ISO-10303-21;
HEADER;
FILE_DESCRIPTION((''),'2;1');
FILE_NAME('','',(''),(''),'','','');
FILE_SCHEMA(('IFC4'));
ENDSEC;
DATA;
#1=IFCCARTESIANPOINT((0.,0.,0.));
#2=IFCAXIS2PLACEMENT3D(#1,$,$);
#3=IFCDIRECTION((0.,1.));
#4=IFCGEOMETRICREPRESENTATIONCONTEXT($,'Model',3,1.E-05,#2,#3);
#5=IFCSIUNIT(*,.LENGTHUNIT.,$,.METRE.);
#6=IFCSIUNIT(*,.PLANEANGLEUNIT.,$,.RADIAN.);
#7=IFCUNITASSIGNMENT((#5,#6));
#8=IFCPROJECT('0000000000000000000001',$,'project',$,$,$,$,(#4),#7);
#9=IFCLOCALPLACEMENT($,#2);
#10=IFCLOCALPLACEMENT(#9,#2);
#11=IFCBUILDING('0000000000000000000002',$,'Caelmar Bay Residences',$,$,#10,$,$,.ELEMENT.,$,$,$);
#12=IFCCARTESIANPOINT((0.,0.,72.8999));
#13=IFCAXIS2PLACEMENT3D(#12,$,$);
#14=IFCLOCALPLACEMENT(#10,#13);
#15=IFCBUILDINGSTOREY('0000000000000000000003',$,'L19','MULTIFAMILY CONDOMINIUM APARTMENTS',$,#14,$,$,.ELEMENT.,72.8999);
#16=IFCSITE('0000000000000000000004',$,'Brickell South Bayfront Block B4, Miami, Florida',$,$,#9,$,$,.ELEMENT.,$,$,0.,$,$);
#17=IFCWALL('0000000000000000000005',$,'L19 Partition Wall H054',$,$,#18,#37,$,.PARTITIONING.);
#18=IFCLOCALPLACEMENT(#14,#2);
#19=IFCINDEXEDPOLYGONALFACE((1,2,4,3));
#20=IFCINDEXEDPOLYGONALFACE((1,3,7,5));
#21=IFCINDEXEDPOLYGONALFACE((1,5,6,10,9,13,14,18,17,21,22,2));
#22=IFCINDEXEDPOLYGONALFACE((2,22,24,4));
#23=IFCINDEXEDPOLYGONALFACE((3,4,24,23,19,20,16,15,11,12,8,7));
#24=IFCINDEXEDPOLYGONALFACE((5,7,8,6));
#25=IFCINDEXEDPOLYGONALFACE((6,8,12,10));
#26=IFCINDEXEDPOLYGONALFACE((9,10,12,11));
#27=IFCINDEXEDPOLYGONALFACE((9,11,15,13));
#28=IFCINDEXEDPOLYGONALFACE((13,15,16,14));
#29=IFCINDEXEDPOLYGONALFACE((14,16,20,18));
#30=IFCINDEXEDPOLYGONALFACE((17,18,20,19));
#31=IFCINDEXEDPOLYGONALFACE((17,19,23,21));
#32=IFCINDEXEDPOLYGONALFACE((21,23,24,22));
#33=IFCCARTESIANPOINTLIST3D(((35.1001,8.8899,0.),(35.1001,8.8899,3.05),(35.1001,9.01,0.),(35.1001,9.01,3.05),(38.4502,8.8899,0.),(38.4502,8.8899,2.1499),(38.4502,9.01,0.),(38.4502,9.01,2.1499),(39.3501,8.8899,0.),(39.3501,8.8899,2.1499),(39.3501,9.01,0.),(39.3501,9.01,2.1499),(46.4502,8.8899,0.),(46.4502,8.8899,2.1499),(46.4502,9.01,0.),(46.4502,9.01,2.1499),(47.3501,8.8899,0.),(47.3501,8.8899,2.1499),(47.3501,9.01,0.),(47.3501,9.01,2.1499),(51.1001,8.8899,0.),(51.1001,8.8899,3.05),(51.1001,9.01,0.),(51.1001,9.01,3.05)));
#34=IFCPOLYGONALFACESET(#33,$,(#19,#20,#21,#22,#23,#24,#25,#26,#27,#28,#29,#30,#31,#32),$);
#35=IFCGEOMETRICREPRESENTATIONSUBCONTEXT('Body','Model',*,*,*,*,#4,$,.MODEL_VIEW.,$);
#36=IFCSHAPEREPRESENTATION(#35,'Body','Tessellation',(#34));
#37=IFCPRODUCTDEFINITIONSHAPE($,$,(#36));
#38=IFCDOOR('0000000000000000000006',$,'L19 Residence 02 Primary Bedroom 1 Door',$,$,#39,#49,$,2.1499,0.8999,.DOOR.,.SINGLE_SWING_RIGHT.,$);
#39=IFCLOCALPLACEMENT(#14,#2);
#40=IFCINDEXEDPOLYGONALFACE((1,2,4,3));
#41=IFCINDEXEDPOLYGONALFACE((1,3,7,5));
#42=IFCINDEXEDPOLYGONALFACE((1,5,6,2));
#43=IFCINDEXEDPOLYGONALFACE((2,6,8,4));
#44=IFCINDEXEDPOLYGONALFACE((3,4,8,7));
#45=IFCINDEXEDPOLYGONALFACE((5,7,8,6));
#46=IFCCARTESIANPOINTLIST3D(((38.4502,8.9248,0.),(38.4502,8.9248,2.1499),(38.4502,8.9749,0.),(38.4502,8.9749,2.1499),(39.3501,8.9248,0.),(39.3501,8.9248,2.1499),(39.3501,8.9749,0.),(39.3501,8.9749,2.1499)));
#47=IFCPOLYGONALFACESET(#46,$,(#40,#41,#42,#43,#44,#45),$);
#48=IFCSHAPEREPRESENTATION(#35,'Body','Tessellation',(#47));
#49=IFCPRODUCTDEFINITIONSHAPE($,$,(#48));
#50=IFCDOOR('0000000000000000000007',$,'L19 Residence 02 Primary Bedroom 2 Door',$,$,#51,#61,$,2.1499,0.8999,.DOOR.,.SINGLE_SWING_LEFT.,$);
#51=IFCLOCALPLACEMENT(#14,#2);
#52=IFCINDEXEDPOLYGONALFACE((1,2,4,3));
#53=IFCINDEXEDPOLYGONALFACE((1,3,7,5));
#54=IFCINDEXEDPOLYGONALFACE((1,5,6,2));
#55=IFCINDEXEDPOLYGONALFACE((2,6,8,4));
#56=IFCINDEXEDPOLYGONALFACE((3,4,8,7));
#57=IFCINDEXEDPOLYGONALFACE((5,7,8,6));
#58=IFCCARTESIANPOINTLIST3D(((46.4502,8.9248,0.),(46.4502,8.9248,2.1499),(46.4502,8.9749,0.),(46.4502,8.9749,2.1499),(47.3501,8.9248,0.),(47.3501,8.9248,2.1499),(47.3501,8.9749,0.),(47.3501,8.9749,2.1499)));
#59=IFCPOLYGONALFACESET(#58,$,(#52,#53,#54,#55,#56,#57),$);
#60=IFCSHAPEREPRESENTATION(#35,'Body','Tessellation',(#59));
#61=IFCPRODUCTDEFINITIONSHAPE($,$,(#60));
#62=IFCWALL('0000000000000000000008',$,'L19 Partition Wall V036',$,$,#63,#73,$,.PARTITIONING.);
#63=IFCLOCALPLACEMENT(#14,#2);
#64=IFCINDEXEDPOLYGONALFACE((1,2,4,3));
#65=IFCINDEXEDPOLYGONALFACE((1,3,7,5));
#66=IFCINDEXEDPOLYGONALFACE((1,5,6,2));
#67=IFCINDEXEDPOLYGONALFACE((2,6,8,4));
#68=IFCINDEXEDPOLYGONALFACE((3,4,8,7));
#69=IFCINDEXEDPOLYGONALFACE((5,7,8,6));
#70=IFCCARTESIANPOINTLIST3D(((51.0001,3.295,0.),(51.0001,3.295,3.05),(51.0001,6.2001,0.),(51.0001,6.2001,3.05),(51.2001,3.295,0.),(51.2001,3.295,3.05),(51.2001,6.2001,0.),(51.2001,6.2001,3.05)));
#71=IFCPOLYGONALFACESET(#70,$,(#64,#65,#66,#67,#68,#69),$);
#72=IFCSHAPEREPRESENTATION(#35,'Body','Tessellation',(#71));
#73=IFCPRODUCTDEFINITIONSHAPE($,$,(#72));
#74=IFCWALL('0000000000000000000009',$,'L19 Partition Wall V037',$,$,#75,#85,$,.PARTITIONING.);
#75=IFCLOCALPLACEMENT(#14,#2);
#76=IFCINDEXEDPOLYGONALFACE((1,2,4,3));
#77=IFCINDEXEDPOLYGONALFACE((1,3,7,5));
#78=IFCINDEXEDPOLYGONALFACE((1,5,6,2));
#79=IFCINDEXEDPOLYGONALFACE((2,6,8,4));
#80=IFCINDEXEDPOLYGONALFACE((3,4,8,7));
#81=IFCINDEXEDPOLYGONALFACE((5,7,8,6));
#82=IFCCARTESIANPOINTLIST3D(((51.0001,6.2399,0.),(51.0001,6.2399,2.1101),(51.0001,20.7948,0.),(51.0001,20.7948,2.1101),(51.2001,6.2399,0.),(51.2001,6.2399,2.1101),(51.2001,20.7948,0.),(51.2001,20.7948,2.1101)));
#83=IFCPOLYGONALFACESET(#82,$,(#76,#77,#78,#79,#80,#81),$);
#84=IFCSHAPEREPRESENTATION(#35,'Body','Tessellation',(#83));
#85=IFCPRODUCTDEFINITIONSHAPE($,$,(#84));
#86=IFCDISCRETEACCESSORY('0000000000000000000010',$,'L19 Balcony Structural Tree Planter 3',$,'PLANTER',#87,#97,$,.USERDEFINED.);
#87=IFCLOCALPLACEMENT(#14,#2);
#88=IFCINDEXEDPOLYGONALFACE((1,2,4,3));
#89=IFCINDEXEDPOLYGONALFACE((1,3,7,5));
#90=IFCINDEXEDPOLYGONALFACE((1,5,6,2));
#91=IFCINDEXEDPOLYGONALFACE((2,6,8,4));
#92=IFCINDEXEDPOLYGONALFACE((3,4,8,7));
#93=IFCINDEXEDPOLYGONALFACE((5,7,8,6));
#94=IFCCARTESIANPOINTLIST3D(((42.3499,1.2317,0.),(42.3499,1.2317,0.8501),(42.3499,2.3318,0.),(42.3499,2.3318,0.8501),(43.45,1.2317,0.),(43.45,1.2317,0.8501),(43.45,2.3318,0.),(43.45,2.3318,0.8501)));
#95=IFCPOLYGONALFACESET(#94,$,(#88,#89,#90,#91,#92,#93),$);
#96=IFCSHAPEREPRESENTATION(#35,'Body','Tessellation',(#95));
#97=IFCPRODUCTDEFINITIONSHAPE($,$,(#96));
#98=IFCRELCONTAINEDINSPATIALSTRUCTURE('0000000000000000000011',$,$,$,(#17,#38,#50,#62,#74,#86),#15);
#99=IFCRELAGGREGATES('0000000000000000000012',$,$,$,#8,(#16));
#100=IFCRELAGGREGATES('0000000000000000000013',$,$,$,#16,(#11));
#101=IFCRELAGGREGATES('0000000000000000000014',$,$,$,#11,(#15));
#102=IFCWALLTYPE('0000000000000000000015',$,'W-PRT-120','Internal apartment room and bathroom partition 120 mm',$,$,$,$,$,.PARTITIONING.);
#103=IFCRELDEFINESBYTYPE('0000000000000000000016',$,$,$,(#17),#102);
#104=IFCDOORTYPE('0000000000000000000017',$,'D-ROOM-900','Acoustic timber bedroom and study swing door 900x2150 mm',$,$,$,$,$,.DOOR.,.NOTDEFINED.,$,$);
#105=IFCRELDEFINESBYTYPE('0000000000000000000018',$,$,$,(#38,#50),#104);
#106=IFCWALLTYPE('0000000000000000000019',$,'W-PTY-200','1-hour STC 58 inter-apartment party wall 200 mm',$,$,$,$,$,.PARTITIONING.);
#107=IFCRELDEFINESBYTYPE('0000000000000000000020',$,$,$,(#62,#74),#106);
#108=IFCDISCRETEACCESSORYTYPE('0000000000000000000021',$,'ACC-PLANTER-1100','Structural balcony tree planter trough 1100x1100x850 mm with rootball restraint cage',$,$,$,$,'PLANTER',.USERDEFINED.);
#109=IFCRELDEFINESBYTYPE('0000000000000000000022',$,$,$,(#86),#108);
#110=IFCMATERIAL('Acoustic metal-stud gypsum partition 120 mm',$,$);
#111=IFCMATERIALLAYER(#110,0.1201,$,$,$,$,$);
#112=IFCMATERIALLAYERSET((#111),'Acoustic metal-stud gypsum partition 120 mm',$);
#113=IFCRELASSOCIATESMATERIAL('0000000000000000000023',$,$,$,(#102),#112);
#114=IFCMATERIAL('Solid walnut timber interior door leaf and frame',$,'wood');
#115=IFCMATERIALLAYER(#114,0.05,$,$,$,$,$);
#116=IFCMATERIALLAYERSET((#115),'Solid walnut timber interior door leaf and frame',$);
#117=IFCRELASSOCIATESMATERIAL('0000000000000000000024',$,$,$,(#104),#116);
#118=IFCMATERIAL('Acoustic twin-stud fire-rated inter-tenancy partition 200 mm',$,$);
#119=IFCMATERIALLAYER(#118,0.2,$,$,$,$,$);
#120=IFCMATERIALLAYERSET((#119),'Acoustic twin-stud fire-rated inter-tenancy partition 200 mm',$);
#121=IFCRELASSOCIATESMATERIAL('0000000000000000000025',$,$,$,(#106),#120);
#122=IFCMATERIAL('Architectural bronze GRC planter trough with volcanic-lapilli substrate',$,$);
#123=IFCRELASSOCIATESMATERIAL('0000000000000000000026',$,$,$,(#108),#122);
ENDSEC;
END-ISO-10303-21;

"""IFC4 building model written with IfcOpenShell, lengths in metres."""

from ifc_helpers import new_model, si_unit, direction, frame, frame_2d, origin, origin_2d, place, context, subcontext, project, spatial, rectangle, extrude, material, layer, layer_set, type_object, element, fill, save


model = new_model("IFC4")

# Units and contexts
model_context = context("Model", 3, precision=1e-05, world=origin(), true_north=direction((0.0, 1.0)))
body_context = subcontext(model_context, "Body", "Model", "MODEL_VIEW")
ifc_project = project(units=[si_unit("LENGTHUNIT", "METRE"), si_unit("PLANEANGLEUNIT", "RADIAN")], contexts=[model_context])

# Site, building, storey
site_placement = place(None, origin())
site = spatial("IfcSite", under=ifc_project, at=site_placement, Name="Brickell South Bayfront Block B4, Miami, Florida", CompositionType="ELEMENT", RefElevation=0.0)
building_placement = place(site_placement, origin())
building = spatial("IfcBuilding", under=site, at=building_placement, Name="Caelmar Bay Residences", CompositionType="ELEMENT")
storey_placement = place(building_placement, frame((0.0, 0.0, 72.8999)))
storey = spatial("IfcBuildingStorey", under=building, at=storey_placement, Name="L19", Description="MULTIFAMILY CONDOMINIUM APARTMENTS", CompositionType="ELEMENT", Elevation=72.8999)

# Shared definitions
ifc_material_1 = material(Name="Acoustic metal-stud gypsum partition 120 mm")
ifc_layer_1 = layer(ifc_material_1, 0.1201)
ifc_layer_set_1 = layer_set([ifc_layer_1], Name="Acoustic metal-stud gypsum partition 120 mm")
wall_type_1 = type_object("IfcWallType", Name="W-PRT-120", Description="Internal apartment room and bathroom partition 120 mm", PredefinedType="PARTITIONING", material=ifc_layer_set_1)

# Shared definitions
ifc_material_2 = material(Name="Solid walnut timber interior door leaf and frame", Category="wood")
ifc_layer_2 = layer(ifc_material_2, 0.05)
ifc_layer_set_2 = layer_set([ifc_layer_2], Name="Solid walnut timber interior door leaf and frame")
door_type = type_object("IfcDoorType", Name="D-ROOM-900", Description="Acoustic timber bedroom and study swing door 900x2150 mm", OperationType="NOTDEFINED", PredefinedType="DOOR", material=ifc_layer_set_2)

# Wall, openings, doors
wall_1_placement = place(storey_placement, frame((35.1001, 8.95, 0.0), z_axis=(0.0, 0.0, 1.0), x_axis=(1.0, 0.0, 0.0)))
wall_1 = element("IfcWall", 1, at=wall_1_placement, inside=storey, type_object=wall_type_1, Name="L19 Partition Wall H054", PredefinedType="PARTITIONING", context=body_context, shape_type="SweptSolid", body=[
    extrude(rectangle(XDim=16.0, YDim=0.1201, at=frame_2d((8.0, 0.0))), origin(), (0.0, 0.0, 1.0), 3.05),
])
opening_1_placement = place(wall_1_placement, frame((3.3501, 0.0, 0.0)))
opening_1 = element("IfcOpeningElement", 2, at=opening_1_placement, cuts=wall_1, PredefinedType="OPENING", context=body_context, shape_type="SweptSolid", body=[
    extrude(rectangle(XDim=0.8999, YDim=2.1499, at=frame_2d((0.45, 1.075))), frame((0.0, 0.0701, 0.0), z_axis=(0.0, -1.0, 0.0), x_axis=(1.0, 0.0, 0.0)), (0.0, 0.0, 1.0), 0.1401),
])
opening_2_placement = place(wall_1_placement, frame((11.3501, 0.0, 0.0)))
opening_2 = element("IfcOpeningElement", 3, at=opening_2_placement, cuts=wall_1, PredefinedType="OPENING", context=body_context, shape_type="SweptSolid", body=[
    extrude(rectangle(XDim=0.8999, YDim=2.1499, at=frame_2d((0.45, 1.075))), frame((0.0, 0.0701, 0.0), z_axis=(0.0, -1.0, 0.0), x_axis=(1.0, 0.0, 0.0)), (0.0, 0.0, 1.0), 0.1401),
])
door_1_placement = place(opening_1_placement, origin())
door_1 = element("IfcDoor", 4, at=door_1_placement, inside=storey, type_object=door_type, Name="L19 Residence 02 Primary Bedroom 1 Door", OperationType="SINGLE_SWING_RIGHT", OverallHeight=2.1499, OverallWidth=0.8999, PredefinedType="DOOR", context=body_context, shape_type="SweptSolid", body=[
    extrude(rectangle(XDim=0.8999, YDim=2.1499, at=frame_2d((0.45, 1.075))), frame((0.0, 0.0249, 0.0), z_axis=(0.0, -1.0, 0.0), x_axis=(1.0, 0.0, 0.0)), (0.0, 0.0, 1.0), 0.05),
])
fill(opening_1, door_1)
door_2_placement = place(opening_2_placement, origin())
door_2 = element("IfcDoor", 5, at=door_2_placement, inside=storey, type_object=door_type, Name="L19 Residence 02 Primary Bedroom 2 Door", OperationType="SINGLE_SWING_LEFT", OverallHeight=2.1499, OverallWidth=0.8999, PredefinedType="DOOR", context=body_context, shape_type="SweptSolid", body=[
    extrude(rectangle(XDim=0.8999, YDim=2.1499, at=frame_2d((0.45, 1.075))), frame((0.0, 0.0249, 0.0), z_axis=(0.0, -1.0, 0.0), x_axis=(1.0, 0.0, 0.0)), (0.0, 0.0, 1.0), 0.05),
])
fill(opening_2, door_2)

# Walls
ifc_material_3 = material(Name="Acoustic twin-stud fire-rated inter-tenancy partition 200 mm")
ifc_layer_3 = layer(ifc_material_3, 0.2)
ifc_layer_set_3 = layer_set([ifc_layer_3], Name="Acoustic twin-stud fire-rated inter-tenancy partition 200 mm")
wall_type_2 = type_object("IfcWallType", Name="W-PTY-200", Description="1-hour STC 58 inter-apartment party wall 200 mm", PredefinedType="PARTITIONING", material=ifc_layer_set_3)
wall_2_placement = place(storey_placement, frame((51.1001, 3.2949, 0.0), z_axis=(0.0, 0.0, 1.0), x_axis=(0.0, 1.0, 0.0)))
element("IfcWall", 6, at=wall_2_placement, inside=storey, type_object=wall_type_2, Name="L19 Partition Wall V036", PredefinedType="PARTITIONING", context=body_context, shape_type="SweptSolid", body=[
    extrude(rectangle(XDim=2.905, YDim=0.2, at=frame_2d((1.4526, 0.0))), origin(), (0.0, 0.0, 1.0), 3.05),
])
wall_3_placement = place(storey_placement, frame((51.1001, 6.24, 0.0), z_axis=(0.0, 0.0, 1.0), x_axis=(0.0, 1.0, 0.0)))
element("IfcWall", 7, at=wall_3_placement, inside=storey, type_object=wall_type_2, Name="L19 Partition Wall V037", PredefinedType="PARTITIONING", context=body_context, shape_type="SweptSolid", body=[
    extrude(rectangle(XDim=14.5549, YDim=0.2, at=frame_2d((7.2773, 0.0))), origin(), (0.0, 0.0, 1.0), 2.1101),
])

# Discrete accessory
ifc_material_4 = material(Name="Architectural bronze GRC planter trough with volcanic-lapilli substrate")
discrete_accessory_type = type_object("IfcDiscreteAccessoryType", Name="ACC-PLANTER-1100", Description="Structural balcony tree planter trough 1100x1100x850 mm with rootball restraint cage", ElementType="PLANTER", PredefinedType="USERDEFINED", material=ifc_material_4)
discrete_accessory_placement = place(storey_placement, frame((42.8999, 1.7817, 0.0), z_axis=(0.0, 0.0, 1.0), x_axis=(1.0, 0.0, 0.0)))
element("IfcDiscreteAccessory", 8, at=discrete_accessory_placement, inside=storey, type_object=discrete_accessory_type, Name="L19 Balcony Structural Tree Planter 3", ObjectType="PLANTER", PredefinedType="USERDEFINED", context=body_context, shape_type="SweptSolid", body=[
    extrude(rectangle(XDim=1.1001, YDim=1.1001, at=origin_2d()), origin(), (0.0, 0.0, 1.0), 0.8501),
])

save(model, "model.ifc")
